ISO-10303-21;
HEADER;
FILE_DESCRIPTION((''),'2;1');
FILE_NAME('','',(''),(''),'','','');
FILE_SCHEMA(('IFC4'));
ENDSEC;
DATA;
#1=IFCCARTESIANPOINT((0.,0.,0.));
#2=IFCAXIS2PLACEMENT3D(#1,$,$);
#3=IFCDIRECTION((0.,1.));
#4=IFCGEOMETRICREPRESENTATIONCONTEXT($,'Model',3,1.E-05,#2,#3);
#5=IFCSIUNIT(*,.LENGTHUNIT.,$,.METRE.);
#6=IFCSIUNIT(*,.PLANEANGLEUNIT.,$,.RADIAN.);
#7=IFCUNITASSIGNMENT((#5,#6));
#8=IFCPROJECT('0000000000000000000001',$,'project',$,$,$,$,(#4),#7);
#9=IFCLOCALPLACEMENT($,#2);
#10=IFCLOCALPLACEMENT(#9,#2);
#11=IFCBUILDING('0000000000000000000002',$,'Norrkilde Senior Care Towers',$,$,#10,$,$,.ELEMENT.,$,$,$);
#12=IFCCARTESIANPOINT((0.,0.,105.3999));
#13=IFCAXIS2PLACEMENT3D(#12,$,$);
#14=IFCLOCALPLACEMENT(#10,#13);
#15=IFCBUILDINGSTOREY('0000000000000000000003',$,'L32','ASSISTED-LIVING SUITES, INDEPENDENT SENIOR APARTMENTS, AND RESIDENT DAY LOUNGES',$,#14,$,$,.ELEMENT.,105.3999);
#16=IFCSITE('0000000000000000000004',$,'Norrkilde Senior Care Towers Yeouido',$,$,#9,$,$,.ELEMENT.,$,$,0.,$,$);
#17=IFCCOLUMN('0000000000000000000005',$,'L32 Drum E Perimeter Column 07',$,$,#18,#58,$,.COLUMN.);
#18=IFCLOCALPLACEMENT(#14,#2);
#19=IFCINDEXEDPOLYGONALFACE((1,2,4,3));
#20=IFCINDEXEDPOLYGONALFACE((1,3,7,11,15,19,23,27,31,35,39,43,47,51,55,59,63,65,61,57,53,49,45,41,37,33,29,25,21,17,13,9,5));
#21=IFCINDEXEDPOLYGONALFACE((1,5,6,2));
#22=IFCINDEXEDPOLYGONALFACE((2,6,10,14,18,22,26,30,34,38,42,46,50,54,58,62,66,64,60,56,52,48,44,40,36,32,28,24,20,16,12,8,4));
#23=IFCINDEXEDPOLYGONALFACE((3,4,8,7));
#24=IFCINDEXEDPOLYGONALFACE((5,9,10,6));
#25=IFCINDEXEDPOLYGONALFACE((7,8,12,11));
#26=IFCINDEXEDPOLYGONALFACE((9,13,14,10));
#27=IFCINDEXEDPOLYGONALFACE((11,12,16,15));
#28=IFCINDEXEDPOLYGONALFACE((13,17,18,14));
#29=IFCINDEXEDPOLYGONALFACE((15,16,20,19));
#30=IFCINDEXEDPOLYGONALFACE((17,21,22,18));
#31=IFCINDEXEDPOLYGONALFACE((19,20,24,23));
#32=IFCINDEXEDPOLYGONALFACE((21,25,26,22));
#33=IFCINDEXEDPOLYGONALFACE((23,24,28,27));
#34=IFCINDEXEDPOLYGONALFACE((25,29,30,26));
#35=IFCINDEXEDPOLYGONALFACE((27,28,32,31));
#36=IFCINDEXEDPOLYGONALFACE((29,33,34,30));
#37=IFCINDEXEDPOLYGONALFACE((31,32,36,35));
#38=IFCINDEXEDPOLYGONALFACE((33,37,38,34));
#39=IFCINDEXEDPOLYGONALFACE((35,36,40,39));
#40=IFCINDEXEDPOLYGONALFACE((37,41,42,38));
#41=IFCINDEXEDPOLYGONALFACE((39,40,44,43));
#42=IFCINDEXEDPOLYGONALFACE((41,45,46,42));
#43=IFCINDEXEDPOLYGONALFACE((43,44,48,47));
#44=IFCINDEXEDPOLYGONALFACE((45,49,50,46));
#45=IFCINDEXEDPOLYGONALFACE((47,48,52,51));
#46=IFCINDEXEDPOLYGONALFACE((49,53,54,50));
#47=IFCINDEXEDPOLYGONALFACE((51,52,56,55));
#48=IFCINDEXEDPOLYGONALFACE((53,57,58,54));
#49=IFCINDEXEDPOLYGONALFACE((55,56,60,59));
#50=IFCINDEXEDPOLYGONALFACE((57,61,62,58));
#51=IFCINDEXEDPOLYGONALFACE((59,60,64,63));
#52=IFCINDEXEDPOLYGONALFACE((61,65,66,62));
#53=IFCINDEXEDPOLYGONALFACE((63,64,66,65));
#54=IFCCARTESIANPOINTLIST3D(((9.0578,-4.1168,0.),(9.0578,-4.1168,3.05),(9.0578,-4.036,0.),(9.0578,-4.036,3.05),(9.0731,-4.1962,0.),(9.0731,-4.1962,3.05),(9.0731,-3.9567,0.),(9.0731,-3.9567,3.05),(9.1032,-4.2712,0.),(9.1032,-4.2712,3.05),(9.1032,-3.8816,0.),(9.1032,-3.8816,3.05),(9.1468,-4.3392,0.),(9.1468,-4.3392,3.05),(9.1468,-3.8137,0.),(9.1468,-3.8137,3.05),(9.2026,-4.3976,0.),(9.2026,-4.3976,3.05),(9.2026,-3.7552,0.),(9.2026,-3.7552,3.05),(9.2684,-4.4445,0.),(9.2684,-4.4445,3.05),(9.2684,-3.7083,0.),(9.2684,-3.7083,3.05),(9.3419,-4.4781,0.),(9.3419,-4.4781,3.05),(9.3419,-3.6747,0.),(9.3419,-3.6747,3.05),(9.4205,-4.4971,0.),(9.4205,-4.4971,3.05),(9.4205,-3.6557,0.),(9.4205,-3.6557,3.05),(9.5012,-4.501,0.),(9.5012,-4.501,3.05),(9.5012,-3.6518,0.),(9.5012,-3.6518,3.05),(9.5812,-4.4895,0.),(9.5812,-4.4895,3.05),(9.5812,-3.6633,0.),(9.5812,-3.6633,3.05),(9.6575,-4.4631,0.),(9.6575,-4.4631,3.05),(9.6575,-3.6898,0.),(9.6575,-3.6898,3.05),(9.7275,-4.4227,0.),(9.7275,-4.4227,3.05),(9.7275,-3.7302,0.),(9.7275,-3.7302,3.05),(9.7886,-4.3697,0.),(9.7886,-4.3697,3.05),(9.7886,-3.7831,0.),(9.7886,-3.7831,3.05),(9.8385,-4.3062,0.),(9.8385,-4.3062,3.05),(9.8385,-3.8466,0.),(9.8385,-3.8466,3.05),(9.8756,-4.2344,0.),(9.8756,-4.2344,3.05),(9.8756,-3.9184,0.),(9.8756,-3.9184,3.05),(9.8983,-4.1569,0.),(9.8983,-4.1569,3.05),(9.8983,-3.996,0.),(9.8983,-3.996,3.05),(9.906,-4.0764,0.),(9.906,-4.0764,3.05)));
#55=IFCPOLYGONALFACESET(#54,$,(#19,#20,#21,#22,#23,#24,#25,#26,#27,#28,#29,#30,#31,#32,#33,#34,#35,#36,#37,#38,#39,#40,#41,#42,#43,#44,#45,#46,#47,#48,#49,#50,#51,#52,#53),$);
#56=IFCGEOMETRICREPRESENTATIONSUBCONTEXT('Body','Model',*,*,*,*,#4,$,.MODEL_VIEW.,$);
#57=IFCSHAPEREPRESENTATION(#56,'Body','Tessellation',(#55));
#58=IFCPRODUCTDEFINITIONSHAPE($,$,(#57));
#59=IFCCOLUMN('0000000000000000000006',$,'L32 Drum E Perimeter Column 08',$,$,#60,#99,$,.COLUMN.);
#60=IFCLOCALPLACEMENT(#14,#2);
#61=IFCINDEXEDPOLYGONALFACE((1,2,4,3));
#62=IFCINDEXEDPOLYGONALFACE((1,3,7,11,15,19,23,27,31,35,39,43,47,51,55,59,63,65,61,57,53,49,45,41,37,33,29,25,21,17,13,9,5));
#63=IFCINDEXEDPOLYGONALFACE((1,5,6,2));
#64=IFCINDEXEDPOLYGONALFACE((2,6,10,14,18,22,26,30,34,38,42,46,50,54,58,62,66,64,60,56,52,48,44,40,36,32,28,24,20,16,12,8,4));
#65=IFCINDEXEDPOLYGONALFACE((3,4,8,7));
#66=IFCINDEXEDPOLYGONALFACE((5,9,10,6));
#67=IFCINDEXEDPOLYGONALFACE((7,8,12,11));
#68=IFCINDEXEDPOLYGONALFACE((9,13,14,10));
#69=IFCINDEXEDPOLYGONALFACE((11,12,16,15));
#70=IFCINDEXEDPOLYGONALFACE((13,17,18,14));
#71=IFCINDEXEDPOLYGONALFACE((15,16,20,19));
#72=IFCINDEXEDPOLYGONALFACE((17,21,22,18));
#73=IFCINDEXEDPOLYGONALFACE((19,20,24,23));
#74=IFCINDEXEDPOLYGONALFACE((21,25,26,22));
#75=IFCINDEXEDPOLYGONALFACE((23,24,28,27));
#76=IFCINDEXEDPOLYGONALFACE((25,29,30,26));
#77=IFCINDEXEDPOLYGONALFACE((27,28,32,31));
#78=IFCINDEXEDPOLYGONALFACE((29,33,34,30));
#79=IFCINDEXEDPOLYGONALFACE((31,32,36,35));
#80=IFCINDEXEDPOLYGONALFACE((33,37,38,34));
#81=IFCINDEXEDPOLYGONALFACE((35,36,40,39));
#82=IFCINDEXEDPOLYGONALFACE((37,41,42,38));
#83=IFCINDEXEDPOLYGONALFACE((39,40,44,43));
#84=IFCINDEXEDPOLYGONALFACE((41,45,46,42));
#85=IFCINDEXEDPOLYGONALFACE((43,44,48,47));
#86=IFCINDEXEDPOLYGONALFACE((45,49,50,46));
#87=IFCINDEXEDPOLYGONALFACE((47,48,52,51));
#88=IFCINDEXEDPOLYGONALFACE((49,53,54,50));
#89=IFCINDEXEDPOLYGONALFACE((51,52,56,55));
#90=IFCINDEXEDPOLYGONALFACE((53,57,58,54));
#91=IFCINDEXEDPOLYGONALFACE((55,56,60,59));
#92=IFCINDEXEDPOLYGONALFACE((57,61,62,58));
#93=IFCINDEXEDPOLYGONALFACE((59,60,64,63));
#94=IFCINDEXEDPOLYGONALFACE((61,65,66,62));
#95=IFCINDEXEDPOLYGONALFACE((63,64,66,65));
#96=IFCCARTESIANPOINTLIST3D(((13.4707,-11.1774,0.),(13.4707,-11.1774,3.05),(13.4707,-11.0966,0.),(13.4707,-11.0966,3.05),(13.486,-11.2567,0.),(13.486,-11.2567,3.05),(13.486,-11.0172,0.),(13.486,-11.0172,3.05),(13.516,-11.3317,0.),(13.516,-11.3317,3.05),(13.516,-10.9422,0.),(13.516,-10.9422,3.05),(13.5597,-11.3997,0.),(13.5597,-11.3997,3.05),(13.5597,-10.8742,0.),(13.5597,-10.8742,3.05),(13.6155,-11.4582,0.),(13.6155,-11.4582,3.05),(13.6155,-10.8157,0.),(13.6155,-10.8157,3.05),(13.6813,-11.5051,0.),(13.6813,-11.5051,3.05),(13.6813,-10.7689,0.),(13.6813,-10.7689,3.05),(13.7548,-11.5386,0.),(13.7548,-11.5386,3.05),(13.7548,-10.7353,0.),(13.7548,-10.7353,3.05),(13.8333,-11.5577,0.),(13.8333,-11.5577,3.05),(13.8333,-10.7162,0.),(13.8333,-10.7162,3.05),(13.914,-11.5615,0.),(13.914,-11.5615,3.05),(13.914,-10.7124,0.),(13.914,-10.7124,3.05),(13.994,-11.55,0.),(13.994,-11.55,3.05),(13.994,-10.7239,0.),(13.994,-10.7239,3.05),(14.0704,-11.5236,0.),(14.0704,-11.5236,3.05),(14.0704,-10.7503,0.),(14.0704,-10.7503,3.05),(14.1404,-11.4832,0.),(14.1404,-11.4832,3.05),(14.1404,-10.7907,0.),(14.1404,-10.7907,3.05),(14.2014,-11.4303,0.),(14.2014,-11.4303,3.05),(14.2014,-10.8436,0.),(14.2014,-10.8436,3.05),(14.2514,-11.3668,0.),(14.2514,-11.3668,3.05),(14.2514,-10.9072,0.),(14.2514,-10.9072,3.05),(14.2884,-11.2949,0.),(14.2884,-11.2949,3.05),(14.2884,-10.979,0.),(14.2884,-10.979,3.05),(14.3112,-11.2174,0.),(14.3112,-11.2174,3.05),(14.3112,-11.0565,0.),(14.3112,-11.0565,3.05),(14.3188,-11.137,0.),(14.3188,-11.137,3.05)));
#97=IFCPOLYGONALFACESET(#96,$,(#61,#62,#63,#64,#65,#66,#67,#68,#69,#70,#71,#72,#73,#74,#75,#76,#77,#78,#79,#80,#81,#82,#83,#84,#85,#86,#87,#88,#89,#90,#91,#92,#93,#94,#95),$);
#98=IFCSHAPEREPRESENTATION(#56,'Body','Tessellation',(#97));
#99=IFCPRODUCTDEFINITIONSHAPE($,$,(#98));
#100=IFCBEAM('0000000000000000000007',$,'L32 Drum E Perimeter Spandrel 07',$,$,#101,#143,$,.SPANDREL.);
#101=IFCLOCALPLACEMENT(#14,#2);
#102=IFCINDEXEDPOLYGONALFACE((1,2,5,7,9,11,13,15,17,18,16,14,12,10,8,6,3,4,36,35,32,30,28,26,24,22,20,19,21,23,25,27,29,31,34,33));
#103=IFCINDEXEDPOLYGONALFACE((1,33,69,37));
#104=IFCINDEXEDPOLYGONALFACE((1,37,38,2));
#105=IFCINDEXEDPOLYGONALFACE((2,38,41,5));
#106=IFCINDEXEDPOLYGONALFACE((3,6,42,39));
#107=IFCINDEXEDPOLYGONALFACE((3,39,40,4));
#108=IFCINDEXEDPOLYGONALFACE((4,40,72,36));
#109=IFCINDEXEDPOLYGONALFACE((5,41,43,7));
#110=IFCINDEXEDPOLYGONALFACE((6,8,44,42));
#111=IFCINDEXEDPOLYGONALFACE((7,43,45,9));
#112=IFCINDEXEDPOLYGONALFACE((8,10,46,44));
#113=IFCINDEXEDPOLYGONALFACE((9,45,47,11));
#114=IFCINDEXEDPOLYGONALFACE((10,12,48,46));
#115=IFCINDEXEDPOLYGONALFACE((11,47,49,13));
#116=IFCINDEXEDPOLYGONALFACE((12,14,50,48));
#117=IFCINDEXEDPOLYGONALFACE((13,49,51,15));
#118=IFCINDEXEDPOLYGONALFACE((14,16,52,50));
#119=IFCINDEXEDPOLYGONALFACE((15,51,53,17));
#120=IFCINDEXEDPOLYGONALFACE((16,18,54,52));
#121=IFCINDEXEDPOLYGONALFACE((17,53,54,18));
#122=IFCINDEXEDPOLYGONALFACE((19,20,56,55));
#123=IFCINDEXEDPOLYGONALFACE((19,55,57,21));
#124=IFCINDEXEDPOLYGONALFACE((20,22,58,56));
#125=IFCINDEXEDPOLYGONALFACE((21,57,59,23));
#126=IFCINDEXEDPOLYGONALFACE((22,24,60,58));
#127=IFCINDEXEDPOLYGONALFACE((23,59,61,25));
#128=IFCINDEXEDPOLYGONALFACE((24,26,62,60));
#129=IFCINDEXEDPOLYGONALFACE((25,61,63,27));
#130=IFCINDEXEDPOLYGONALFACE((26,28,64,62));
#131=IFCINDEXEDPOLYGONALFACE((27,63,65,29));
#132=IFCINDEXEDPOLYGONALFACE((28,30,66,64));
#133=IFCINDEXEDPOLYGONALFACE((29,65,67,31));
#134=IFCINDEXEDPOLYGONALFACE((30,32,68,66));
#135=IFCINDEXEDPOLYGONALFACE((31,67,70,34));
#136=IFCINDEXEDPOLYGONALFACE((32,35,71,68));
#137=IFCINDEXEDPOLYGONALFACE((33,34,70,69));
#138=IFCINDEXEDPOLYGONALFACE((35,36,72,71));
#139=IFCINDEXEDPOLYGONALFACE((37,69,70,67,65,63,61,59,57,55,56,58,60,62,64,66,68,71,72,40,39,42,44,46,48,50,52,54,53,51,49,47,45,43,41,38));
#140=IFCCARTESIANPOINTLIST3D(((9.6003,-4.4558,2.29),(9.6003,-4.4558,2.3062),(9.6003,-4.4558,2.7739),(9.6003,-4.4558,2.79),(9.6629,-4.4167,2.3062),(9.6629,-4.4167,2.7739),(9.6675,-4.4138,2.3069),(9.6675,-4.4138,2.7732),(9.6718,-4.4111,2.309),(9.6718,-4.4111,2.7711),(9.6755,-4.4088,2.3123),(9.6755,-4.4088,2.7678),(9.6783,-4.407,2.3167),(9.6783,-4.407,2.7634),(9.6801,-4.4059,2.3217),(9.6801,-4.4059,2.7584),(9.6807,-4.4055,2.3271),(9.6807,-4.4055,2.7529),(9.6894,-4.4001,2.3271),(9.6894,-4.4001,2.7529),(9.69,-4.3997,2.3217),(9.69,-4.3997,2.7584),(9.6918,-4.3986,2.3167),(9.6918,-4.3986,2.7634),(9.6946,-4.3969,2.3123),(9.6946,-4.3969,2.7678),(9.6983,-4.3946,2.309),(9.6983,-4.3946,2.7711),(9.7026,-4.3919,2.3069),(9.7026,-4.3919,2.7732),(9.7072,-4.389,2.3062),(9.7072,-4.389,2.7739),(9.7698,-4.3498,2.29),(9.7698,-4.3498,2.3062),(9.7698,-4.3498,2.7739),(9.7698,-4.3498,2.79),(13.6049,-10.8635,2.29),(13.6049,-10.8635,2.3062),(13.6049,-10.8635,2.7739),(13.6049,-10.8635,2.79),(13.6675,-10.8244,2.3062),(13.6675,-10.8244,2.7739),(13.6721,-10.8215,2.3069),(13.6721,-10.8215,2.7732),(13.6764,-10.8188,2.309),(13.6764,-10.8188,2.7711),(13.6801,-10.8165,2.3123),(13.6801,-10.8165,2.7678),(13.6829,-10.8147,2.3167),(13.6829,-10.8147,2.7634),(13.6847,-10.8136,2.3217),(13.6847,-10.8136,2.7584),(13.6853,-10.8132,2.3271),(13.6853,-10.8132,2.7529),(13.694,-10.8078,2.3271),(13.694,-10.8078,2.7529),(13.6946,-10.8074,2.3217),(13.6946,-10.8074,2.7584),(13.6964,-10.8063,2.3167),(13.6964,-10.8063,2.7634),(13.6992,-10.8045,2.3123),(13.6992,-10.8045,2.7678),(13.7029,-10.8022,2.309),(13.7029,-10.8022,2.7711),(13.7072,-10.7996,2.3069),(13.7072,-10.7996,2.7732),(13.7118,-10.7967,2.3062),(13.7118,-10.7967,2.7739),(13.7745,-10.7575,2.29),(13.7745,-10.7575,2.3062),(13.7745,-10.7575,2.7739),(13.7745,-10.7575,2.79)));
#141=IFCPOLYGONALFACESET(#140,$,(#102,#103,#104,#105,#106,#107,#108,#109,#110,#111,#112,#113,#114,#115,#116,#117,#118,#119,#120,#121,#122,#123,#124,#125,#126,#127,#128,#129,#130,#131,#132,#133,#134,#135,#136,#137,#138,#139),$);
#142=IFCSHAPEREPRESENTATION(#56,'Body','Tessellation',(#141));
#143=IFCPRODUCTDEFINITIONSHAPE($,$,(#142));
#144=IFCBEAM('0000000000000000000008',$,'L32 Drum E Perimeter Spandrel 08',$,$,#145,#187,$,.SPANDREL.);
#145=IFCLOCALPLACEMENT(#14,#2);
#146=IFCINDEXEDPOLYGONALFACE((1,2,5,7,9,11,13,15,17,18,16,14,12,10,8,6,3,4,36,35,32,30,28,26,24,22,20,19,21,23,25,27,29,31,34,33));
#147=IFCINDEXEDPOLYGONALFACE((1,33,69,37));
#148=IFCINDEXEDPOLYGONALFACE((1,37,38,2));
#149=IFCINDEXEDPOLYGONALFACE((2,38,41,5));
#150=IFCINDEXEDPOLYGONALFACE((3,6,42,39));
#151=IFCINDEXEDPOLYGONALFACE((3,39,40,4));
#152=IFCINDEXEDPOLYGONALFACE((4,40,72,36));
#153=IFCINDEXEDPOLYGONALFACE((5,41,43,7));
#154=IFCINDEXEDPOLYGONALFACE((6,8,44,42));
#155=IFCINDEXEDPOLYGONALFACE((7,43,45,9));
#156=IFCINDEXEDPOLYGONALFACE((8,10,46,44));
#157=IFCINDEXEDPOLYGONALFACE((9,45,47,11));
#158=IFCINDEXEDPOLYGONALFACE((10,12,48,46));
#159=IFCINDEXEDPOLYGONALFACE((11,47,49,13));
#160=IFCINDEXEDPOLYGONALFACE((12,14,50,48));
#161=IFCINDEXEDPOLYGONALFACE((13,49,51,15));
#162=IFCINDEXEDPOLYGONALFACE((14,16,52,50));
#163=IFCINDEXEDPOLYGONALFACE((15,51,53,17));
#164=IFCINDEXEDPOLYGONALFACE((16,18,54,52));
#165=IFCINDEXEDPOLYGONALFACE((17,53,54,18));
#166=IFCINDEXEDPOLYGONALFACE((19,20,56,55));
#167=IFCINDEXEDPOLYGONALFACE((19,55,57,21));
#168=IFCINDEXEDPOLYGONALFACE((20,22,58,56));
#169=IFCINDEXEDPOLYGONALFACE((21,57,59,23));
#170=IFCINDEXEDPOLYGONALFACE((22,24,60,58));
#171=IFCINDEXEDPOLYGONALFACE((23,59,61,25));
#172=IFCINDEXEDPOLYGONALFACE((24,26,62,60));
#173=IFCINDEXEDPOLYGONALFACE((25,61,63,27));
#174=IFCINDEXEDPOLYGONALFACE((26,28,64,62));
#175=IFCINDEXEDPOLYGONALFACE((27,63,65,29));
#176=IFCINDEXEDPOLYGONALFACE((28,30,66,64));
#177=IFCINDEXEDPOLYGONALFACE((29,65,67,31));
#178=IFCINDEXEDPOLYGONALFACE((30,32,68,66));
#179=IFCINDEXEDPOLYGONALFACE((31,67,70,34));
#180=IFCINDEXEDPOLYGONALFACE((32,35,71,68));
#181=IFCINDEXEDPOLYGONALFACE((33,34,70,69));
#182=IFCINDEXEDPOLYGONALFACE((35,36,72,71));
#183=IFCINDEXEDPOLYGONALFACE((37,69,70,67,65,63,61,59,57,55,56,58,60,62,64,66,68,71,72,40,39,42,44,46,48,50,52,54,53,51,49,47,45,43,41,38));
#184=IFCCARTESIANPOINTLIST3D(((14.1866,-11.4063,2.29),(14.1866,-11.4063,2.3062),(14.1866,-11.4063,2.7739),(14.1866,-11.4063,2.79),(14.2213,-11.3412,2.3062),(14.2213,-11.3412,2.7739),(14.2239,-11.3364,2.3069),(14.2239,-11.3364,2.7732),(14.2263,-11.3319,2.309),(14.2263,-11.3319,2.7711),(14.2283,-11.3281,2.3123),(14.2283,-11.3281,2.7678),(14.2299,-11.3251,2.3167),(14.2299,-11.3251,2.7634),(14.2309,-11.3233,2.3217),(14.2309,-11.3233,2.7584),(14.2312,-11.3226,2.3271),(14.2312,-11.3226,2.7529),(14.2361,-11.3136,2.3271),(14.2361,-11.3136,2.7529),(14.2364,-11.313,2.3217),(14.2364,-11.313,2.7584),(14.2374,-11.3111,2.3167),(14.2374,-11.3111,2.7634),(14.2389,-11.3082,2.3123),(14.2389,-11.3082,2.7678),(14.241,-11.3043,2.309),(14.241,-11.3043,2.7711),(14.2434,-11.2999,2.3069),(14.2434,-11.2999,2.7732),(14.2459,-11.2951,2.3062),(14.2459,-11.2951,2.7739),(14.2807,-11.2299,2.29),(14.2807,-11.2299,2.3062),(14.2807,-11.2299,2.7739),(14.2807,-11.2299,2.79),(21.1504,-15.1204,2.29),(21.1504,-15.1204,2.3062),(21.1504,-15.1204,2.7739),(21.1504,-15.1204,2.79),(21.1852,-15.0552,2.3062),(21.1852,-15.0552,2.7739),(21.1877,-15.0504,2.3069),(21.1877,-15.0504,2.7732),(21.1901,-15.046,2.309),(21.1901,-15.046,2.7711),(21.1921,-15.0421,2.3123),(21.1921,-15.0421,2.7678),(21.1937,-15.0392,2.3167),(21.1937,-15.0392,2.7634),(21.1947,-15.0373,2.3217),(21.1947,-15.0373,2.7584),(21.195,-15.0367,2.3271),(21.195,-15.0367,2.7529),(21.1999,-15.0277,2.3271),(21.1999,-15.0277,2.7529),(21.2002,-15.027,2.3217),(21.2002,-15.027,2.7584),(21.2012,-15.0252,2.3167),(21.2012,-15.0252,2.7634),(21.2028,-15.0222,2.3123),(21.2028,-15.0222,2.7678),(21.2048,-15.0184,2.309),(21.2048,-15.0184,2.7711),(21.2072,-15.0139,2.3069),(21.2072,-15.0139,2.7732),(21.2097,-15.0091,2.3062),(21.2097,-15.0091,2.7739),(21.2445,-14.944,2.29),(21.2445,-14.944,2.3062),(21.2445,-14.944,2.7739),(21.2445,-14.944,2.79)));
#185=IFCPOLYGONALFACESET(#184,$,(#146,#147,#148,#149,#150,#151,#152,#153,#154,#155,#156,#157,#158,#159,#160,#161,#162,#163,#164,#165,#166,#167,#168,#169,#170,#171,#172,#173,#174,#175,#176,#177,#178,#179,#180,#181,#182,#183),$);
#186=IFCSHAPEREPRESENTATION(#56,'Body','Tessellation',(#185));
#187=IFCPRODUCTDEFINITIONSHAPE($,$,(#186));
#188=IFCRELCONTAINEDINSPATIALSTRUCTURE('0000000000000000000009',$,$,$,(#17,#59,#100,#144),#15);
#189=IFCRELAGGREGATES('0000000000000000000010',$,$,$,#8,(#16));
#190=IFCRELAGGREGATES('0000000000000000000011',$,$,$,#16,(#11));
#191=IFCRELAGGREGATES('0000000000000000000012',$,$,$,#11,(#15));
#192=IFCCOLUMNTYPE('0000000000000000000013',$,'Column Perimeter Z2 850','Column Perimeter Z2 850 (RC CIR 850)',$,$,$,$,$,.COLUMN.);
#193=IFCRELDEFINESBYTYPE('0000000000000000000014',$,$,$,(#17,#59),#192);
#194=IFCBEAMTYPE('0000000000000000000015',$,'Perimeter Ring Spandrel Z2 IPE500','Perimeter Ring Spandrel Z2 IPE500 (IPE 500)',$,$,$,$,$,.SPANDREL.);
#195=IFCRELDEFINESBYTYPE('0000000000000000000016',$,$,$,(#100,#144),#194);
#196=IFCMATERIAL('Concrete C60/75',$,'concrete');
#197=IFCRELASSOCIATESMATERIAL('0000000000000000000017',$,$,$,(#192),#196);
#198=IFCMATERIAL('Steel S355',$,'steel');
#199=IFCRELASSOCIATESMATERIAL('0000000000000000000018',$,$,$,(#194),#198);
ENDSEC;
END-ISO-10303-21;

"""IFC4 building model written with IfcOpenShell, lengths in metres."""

from ifc_helpers import new_model, si_unit, direction, frame, origin, origin_2d, place, context, subcontext, project, spatial, circle, i_section, extrude, source, transform, mapped, material, material_profile, profile_set, type_object, type_shapes, element, save


model = new_model("IFC4")

# Units and contexts
model_context = context("Model", 3, precision=1e-05, world=origin(), true_north=direction((0.0, 1.0)))
body_context = subcontext(model_context, "Body", "Model", "MODEL_VIEW")
ifc_project = project(units=[si_unit("LENGTHUNIT", "METRE"), si_unit("PLANEANGLEUNIT", "RADIAN")], contexts=[model_context])

# Site, building, storey
site_placement = place(None, origin())
site = spatial("IfcSite", under=ifc_project, at=site_placement, Name="Norrkilde Senior Care Towers Yeouido", CompositionType="ELEMENT", RefElevation=0.0)
building_placement = place(site_placement, origin())
building = spatial("IfcBuilding", under=site, at=building_placement, Name="Norrkilde Senior Care Towers", CompositionType="ELEMENT")
storey_placement = place(building_placement, frame((0.0, 0.0, 105.3999)))
storey = spatial("IfcBuildingStorey", under=building, at=storey_placement, Name="L32", Description="ASSISTED-LIVING SUITES, INDEPENDENT SENIOR APARTMENTS, AND RESIDENT DAY LOUNGES", CompositionType="ELEMENT", Elevation=105.3999)

# Columns
ifc_material_1 = material(Name="Concrete C60/75", Category="concrete")
ifc_material_profile_1 = material_profile(ifc_material_1, circle(Radius=0.425, at=origin_2d()), Name="RC CIR 850")
ifc_profile_set_1 = profile_set([ifc_material_profile_1], Name="Concrete C60/75")
column_type = type_object("IfcColumnType", Name="Column Perimeter Z2 850", Description="Column Perimeter Z2 850 (RC CIR 850)", PredefinedType="COLUMN", material=ifc_profile_set_1)
shared_shape_1 = source(origin(), body_context, "Body", "SweptSolid", [
    extrude(circle(Radius=0.425, at=origin_2d()), origin(), (0.0, 0.0, 1.0), 3.05),
])
type_shapes(column_type, [shared_shape_1])
for number, where, z_axis, x_axis, name in (
    (1, (9.481, -4.0764, 0.0), (0.0, 0.0, 1.0), (1.0, 0.0, 0.0), "L32 Drum E Perimeter Column 07"),
    (2, (13.8938, -11.137, 0.0), (0.0, 0.0, 1.0), (1.0, 0.0, 0.0), "L32 Drum E Perimeter Column 08"),
):
    element("IfcColumn", number, at=place(storey_placement, frame(where, z_axis=z_axis, x_axis=x_axis)), inside=storey, type_object=column_type, Name=name, PredefinedType="COLUMN", context=body_context, shape_type="MappedRepresentation", body=[
        mapped(shared_shape_1, transform((0.0, 0.0, 0.0), x_axis=(1.0, 0.0, 0.0), y_axis=(0.0, 1.0, 0.0), z_axis=(0.0, 0.0, 1.0), scale=1.0)),
    ])

# Beams
ifc_material_2 = material(Name="Steel S355", Category="steel")
ifc_material_profile_2 = material_profile(ifc_material_2, i_section(OverallWidth=0.2, OverallDepth=0.5, WebThickness=0.0103, FlangeThickness=0.0161, FilletRadius=0.021, at=origin_2d()), Name="IPE 500")
ifc_profile_set_2 = profile_set([ifc_material_profile_2], Name="Steel S355")
beam_type_1 = type_object("IfcBeamType", Name="Perimeter Ring Spandrel Z2 IPE500", Description="Perimeter Ring Spandrel Z2 IPE500 (IPE 500)", PredefinedType="SPANDREL", material=ifc_profile_set_2)
shared_shape_2 = source(origin(), body_context, "Body", "SweptSolid", [
    extrude(i_section(OverallWidth=0.2, OverallDepth=0.5, WebThickness=0.0103, FlangeThickness=0.0161, FilletRadius=0.021, at=origin_2d()), origin(), (0.0, 0.0, 1.0), 7.5562),
])
beam_1_placement = place(storey_placement, frame((9.6851, -4.4028, 2.54), z_axis=(0.529982, -0.848009, 0.0), x_axis=(0.848009, 0.529982, 0.0)))
element("IfcBeam", 3, at=beam_1_placement, inside=storey, type_object=beam_type_1, Name="L32 Drum E Perimeter Spandrel 07", PredefinedType="SPANDREL", context=body_context, shape_type="MappedRepresentation", body=[
    mapped(shared_shape_2, transform((0.0, 0.0, 0.0), x_axis=(1.0, 0.0, 0.0), y_axis=(0.0, 1.0, 0.0), z_axis=(0.0, 0.0, 1.0), scale=1.0)),
])
shared_shape_3 = source(origin(), body_context, "Body", "SweptSolid", [
    extrude(i_section(OverallWidth=0.2, OverallDepth=0.5, WebThickness=0.0103, FlangeThickness=0.0161, FilletRadius=0.021, at=origin_2d()), origin(), (0.0, 0.0, 1.0), 7.8923),
])
type_shapes(beam_type_1, [shared_shape_2, shared_shape_3])
beam_2_placement = place(storey_placement, frame((14.2336, -11.3181, 2.54), z_axis=(0.88235, -0.470593, 0.0), x_axis=(0.470593, 0.88235, 0.0)))
element("IfcBeam", 4, at=beam_2_placement, inside=storey, type_object=beam_type_1, Name="L32 Drum E Perimeter Spandrel 08", PredefinedType="SPANDREL", context=body_context, shape_type="MappedRepresentation", body=[
    mapped(shared_shape_3, transform((0.0, 0.0, 0.0), x_axis=(1.0, 0.0, 0.0), y_axis=(0.0, 1.0, 0.0), z_axis=(0.0, 0.0, 1.0), scale=1.0)),
])

save(model, "model.ifc")
